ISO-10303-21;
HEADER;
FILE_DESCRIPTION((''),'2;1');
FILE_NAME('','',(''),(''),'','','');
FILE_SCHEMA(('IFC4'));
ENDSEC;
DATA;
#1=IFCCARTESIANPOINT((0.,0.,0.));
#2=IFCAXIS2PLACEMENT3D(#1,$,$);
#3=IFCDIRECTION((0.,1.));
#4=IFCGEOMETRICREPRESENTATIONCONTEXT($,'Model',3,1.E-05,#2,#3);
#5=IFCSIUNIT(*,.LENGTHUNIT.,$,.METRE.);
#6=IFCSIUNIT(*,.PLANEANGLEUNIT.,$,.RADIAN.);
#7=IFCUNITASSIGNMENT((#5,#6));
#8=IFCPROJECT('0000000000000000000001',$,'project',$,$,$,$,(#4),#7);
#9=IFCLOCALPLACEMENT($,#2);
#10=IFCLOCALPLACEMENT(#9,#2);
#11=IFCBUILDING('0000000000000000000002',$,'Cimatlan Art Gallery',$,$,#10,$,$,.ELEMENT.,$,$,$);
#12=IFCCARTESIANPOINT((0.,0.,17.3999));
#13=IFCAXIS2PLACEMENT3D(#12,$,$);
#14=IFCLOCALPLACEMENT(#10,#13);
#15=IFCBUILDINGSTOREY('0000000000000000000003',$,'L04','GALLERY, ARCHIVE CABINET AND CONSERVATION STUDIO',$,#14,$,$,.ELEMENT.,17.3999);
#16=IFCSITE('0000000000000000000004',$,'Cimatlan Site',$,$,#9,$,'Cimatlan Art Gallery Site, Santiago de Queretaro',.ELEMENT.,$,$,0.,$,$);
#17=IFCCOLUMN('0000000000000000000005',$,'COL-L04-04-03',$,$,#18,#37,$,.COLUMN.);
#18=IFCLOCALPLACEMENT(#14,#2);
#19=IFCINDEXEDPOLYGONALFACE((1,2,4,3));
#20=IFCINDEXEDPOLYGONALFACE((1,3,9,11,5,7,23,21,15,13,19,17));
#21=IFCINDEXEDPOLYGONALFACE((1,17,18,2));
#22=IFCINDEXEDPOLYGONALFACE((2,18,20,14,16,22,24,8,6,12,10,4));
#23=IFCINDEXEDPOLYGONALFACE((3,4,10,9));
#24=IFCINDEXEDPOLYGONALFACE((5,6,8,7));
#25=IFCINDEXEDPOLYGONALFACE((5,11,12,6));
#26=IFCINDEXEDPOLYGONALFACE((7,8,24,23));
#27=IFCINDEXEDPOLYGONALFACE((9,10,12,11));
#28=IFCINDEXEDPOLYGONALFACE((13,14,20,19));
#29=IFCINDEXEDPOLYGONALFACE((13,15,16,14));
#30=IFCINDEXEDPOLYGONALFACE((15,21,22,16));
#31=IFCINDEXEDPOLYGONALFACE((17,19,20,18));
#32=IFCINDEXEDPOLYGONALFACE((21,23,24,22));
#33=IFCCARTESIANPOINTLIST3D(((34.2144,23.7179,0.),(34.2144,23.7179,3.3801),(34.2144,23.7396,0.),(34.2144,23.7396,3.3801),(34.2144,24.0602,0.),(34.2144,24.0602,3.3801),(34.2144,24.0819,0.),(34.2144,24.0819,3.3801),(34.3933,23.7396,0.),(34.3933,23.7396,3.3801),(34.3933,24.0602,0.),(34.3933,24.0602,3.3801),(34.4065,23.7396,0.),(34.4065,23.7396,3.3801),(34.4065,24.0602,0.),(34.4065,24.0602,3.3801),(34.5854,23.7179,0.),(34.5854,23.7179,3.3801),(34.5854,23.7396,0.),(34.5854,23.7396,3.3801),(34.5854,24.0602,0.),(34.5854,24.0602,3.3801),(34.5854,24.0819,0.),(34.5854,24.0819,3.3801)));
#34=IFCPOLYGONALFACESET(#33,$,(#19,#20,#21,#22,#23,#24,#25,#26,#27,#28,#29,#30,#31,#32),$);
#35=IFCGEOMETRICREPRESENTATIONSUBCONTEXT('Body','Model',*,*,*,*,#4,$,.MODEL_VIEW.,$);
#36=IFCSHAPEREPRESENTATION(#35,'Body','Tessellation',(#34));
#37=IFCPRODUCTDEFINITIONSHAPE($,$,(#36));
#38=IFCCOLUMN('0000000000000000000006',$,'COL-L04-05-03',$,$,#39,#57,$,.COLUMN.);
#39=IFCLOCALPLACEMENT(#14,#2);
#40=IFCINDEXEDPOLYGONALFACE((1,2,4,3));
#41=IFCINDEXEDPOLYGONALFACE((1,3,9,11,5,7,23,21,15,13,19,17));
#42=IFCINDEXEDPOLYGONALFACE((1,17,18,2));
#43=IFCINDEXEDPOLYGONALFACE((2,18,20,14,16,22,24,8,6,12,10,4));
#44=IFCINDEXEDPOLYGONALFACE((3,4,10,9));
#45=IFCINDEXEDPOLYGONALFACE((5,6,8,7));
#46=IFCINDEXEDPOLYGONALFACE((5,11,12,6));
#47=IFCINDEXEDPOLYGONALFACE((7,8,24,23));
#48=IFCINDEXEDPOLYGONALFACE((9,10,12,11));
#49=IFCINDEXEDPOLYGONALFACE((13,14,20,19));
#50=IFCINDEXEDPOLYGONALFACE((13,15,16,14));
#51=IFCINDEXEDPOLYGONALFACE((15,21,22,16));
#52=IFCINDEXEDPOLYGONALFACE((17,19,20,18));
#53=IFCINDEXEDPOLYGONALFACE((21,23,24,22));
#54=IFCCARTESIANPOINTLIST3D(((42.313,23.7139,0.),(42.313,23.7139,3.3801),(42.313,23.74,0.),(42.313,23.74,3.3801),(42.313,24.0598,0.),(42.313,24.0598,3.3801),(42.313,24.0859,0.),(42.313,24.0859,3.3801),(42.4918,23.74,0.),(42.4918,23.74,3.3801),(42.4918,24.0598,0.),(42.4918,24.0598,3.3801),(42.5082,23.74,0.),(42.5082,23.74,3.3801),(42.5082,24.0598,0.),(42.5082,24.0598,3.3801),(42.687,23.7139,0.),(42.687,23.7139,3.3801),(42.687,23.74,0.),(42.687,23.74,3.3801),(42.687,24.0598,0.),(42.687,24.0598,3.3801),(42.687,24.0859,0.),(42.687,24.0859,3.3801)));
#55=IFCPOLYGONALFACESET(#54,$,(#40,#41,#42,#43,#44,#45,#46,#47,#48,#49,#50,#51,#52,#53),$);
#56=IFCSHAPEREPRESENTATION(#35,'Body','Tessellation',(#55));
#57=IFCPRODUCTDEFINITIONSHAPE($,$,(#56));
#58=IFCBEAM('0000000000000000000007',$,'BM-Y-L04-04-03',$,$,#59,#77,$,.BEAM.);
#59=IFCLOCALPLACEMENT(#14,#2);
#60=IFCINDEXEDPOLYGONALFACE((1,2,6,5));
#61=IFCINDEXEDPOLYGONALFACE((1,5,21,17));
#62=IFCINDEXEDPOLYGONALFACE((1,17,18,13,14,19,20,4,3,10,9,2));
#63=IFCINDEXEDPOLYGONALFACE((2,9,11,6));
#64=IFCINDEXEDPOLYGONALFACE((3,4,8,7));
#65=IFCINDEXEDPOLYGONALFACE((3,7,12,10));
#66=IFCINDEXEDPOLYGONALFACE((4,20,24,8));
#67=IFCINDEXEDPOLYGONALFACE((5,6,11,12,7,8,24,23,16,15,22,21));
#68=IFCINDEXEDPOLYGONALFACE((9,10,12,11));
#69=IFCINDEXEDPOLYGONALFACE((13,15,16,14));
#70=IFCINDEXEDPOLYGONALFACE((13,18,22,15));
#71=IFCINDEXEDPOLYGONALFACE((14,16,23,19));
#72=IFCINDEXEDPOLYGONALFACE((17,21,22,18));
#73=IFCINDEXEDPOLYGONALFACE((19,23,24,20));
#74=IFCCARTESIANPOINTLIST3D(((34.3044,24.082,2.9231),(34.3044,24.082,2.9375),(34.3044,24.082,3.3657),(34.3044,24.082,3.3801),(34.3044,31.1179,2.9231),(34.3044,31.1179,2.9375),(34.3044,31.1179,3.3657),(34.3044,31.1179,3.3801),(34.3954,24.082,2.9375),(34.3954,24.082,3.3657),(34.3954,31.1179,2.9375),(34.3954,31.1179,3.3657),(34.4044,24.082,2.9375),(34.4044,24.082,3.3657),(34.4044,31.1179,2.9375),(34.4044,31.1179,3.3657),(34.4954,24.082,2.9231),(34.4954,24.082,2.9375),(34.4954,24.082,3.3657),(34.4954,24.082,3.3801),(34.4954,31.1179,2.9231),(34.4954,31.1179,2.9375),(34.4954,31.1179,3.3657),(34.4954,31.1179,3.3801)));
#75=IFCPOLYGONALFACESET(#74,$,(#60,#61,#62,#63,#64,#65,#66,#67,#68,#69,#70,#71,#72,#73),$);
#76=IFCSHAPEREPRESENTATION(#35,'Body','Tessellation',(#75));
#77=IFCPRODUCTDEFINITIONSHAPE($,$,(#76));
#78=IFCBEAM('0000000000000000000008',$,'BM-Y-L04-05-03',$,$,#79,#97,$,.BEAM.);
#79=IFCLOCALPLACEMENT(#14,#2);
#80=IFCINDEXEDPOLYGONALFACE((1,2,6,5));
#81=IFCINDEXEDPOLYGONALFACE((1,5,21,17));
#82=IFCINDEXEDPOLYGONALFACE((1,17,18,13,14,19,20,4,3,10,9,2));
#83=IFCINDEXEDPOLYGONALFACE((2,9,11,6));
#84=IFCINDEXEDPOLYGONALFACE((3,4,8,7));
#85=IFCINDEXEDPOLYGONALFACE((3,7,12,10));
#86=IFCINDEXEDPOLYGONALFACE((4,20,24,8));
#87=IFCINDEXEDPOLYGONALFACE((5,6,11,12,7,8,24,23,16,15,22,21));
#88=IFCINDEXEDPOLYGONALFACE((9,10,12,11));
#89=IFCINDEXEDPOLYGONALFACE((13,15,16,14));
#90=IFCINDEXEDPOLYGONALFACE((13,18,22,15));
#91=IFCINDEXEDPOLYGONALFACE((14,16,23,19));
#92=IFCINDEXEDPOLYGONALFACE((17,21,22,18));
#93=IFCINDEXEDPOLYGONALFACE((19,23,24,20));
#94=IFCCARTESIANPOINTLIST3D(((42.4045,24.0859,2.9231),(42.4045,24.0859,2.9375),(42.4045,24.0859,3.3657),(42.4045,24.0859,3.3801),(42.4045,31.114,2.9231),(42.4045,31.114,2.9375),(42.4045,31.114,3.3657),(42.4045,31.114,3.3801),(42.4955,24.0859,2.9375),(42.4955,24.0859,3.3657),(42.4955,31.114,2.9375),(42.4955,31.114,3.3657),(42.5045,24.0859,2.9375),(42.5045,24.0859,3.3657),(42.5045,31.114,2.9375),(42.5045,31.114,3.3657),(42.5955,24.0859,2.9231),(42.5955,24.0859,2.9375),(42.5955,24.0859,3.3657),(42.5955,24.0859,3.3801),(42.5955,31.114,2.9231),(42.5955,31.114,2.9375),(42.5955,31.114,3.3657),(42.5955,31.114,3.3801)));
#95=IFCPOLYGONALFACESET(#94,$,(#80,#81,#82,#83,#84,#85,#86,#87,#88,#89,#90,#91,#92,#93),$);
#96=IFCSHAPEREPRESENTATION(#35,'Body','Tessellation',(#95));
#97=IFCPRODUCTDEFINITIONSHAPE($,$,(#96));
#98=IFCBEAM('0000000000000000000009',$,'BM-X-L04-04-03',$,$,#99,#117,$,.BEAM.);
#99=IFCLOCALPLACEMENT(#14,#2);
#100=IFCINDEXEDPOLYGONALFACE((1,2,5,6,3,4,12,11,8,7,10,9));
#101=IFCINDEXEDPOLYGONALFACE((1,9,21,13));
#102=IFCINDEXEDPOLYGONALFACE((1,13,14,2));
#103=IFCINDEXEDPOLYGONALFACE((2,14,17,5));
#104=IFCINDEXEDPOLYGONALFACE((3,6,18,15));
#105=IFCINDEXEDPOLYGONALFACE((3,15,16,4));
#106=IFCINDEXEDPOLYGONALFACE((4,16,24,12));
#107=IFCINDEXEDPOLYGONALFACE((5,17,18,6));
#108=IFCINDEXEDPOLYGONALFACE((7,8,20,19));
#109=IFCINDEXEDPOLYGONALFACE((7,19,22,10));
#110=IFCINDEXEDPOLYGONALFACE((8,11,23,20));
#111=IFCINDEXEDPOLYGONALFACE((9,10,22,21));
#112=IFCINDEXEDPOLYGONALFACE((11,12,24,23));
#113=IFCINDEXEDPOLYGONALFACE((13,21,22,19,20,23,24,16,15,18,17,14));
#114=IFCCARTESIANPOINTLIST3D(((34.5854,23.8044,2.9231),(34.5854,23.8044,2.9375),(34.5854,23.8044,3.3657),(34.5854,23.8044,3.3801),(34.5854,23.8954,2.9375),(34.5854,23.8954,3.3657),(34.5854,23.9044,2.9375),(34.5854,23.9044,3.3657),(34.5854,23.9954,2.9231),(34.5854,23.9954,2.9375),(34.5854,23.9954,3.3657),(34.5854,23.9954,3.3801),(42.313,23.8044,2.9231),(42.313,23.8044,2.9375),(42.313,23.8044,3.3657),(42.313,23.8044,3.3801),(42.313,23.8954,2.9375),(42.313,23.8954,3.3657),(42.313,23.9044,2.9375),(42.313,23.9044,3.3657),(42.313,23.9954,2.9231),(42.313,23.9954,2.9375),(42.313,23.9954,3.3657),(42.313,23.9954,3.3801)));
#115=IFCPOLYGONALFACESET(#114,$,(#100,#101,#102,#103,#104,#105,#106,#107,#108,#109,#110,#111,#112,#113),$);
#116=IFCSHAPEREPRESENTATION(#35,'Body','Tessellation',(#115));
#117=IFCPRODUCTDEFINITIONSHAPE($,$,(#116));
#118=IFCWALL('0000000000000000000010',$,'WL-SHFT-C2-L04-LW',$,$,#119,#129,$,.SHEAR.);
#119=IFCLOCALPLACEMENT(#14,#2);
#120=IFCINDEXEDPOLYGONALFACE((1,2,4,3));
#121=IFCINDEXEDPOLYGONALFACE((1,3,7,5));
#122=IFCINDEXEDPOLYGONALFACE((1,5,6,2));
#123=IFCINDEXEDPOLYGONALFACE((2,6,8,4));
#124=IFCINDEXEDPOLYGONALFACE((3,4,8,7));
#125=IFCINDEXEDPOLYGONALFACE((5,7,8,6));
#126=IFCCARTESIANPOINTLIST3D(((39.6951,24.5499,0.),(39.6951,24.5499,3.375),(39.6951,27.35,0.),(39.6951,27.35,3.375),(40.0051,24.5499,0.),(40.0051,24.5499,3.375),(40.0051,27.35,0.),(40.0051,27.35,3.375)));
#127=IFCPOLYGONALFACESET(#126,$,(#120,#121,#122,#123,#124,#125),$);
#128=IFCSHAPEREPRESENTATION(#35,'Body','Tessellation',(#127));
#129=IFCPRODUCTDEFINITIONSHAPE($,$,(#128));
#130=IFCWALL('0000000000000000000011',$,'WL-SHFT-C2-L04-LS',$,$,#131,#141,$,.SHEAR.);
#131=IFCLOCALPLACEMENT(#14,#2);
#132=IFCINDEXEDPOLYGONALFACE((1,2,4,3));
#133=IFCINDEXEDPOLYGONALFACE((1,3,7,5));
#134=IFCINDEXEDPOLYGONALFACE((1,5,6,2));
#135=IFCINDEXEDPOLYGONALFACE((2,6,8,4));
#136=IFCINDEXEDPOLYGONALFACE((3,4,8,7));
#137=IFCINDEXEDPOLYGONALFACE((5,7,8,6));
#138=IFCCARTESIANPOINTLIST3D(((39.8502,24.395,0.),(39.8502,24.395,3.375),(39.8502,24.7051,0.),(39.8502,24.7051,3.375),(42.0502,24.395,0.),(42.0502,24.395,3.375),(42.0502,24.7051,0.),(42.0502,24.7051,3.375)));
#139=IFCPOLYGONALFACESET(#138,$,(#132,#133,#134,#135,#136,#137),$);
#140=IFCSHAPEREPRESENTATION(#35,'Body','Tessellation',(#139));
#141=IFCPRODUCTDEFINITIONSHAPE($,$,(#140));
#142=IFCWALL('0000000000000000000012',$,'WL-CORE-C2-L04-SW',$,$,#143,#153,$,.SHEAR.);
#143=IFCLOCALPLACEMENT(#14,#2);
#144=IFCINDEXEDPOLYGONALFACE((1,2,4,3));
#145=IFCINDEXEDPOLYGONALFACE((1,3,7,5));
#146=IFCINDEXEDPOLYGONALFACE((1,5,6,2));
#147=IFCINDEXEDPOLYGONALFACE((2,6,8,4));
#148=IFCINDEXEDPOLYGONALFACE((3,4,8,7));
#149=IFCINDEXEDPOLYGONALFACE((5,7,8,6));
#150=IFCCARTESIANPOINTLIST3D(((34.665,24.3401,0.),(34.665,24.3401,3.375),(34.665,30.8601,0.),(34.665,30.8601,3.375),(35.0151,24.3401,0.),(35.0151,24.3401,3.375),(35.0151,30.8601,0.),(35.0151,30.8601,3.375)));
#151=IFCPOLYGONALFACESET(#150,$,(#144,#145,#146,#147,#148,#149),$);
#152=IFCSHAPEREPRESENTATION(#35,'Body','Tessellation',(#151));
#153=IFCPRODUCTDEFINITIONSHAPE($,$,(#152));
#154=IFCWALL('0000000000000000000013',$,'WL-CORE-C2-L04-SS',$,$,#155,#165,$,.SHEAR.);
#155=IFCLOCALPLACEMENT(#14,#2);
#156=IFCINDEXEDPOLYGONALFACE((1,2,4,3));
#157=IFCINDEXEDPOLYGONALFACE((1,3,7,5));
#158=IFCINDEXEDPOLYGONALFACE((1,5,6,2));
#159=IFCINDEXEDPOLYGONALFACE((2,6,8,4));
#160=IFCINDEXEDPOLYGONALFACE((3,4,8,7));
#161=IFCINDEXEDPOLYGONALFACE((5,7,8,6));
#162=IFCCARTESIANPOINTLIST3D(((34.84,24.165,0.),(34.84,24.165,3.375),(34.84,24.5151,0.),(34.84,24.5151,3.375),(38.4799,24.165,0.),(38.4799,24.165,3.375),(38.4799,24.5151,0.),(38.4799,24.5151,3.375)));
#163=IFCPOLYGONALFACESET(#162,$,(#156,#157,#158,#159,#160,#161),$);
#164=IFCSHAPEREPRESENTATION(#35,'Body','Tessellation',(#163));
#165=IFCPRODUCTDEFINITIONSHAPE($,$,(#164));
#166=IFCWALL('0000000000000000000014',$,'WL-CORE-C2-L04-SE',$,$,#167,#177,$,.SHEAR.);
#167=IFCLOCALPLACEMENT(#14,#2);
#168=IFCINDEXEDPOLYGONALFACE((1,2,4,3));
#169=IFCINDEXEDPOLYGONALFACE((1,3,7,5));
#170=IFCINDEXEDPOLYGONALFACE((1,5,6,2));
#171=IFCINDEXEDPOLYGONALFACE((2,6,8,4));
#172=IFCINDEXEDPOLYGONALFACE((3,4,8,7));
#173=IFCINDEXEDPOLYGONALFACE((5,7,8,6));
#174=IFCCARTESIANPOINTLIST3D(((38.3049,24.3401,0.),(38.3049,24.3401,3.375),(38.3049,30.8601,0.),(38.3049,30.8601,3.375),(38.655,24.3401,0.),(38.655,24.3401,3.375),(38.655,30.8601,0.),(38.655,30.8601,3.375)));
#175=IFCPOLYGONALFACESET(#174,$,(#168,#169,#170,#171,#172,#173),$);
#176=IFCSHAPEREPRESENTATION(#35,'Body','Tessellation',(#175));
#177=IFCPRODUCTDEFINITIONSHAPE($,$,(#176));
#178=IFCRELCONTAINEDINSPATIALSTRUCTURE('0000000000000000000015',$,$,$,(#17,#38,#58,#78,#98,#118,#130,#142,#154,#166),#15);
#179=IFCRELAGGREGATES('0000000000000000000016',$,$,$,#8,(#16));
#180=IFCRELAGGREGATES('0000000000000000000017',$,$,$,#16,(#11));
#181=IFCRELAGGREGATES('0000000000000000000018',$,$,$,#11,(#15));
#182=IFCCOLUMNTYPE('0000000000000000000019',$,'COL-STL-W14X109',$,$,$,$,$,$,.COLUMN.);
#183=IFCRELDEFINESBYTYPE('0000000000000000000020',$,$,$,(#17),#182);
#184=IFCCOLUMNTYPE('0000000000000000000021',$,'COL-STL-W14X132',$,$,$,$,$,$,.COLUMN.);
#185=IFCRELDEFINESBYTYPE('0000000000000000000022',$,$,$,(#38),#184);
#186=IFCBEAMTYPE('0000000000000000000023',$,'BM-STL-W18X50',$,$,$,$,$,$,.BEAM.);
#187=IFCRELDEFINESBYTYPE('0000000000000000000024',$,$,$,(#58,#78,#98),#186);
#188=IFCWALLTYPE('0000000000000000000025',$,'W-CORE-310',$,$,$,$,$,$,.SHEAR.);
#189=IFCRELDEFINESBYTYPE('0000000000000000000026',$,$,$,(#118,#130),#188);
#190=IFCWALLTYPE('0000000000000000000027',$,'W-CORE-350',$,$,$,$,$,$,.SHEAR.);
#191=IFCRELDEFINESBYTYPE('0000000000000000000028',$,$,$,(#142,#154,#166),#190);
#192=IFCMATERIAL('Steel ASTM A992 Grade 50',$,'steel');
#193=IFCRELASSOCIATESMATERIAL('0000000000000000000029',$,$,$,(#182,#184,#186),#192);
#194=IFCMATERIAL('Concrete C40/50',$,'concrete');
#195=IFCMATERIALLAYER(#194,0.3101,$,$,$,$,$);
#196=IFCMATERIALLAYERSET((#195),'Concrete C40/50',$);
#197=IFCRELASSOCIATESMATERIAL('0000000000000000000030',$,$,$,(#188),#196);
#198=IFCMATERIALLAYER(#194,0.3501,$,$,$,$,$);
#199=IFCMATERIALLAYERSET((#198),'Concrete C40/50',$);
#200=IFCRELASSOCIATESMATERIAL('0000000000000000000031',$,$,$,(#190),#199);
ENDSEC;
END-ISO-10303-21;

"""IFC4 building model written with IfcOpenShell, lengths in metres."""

from ifc_helpers import new_model, si_unit, direction, frame, frame_2d, origin, origin_2d, place, context, subcontext, project, spatial, rectangle, i_section, extrude, material, layer, layer_set, material_profile, profile_set, type_object, element, save


model = new_model("IFC4")

# Units and contexts
model_context = context("Model", 3, precision=1e-05, world=origin(), true_north=direction((0.0, 1.0)))
body_context = subcontext(model_context, "Body", "Model", "MODEL_VIEW")
ifc_project = project(units=[si_unit("LENGTHUNIT", "METRE"), si_unit("PLANEANGLEUNIT", "RADIAN")], contexts=[model_context])

# Site, building, storey
site_placement = place(None, origin())
site = spatial("IfcSite", under=ifc_project, at=site_placement, Name="Cimatlan Site", LongName="Cimatlan Art Gallery Site, Santiago de Queretaro", CompositionType="ELEMENT", RefElevation=0.0)
building_placement = place(site_placement, origin())
building = spatial("IfcBuilding", under=site, at=building_placement, Name="Cimatlan Art Gallery", CompositionType="ELEMENT")
storey_placement = place(building_placement, frame((0.0, 0.0, 17.3999)))
storey = spatial("IfcBuildingStorey", under=building, at=storey_placement, Name="L04", Description="GALLERY, ARCHIVE CABINET AND CONSERVATION STUDIO", CompositionType="ELEMENT", Elevation=17.3999)

# Columns
ifc_material_1 = material(Name="Steel ASTM A992 Grade 50", Category="steel")
ifc_material_profile_1 = material_profile(ifc_material_1, i_section(OverallWidth=0.3711, OverallDepth=0.364, WebThickness=0.0132, FlangeThickness=0.0217, at=origin_2d()), Name="W14X109")
ifc_profile_set_1 = profile_set([ifc_material_profile_1], Name="Steel ASTM A992 Grade 50")
column_type_1 = type_object("IfcColumnType", Name="COL-STL-W14X109", PredefinedType="COLUMN", material=ifc_profile_set_1)
column_1_placement = place(storey_placement, frame((34.3999, 23.8999, 0.0), z_axis=(0.0, 0.0, 1.0), x_axis=(1.0, 0.0, 0.0)))
element("IfcColumn", 1, at=column_1_placement, inside=storey, type_object=column_type_1, Name="COL-L04-04-03", PredefinedType="COLUMN", context=body_context, shape_type="SweptSolid", body=[
    extrude(i_section(OverallWidth=0.3711, OverallDepth=0.364, WebThickness=0.0132, FlangeThickness=0.0217, at=origin_2d()), origin(), (0.0, 0.0, 1.0), 3.3801),
])
ifc_material_profile_2 = material_profile(ifc_material_1, i_section(OverallWidth=0.374, OverallDepth=0.3721, WebThickness=0.0164, FlangeThickness=0.0261, at=origin_2d()), Name="W14X132")
ifc_profile_set_2 = profile_set([ifc_material_profile_2], Name="Steel ASTM A992 Grade 50")
column_type_2 = type_object("IfcColumnType", Name="COL-STL-W14X132", PredefinedType="COLUMN", material=ifc_profile_set_2)
column_2_placement = place(storey_placement, frame((42.5, 23.8999, 0.0), z_axis=(0.0, 0.0, 1.0), x_axis=(1.0, 0.0, 0.0)))
element("IfcColumn", 2, at=column_2_placement, inside=storey, type_object=column_type_2, Name="COL-L04-05-03", PredefinedType="COLUMN", context=body_context, shape_type="SweptSolid", body=[
    extrude(i_section(OverallWidth=0.374, OverallDepth=0.3721, WebThickness=0.0164, FlangeThickness=0.0261, at=origin_2d()), origin(), (0.0, 0.0, 1.0), 3.3801),
])

# Beams
ifc_material_profile_3 = material_profile(ifc_material_1, i_section(OverallWidth=0.1909, OverallDepth=0.457, WebThickness=0.009, FlangeThickness=0.0144, at=origin_2d()), Name="W18X50")
ifc_profile_set_3 = profile_set([ifc_material_profile_3], Name="Steel ASTM A992 Grade 50")
beam_type = type_object("IfcBeamType", Name="BM-STL-W18X50", PredefinedType="BEAM", material=ifc_profile_set_3)
beam_1_placement = place(storey_placement, frame((34.3999, 24.082, 3.1516), z_axis=(0.0, 1.0, 0.0), x_axis=(-1.0, 0.0, 0.0)))
element("IfcBeam", 3, at=beam_1_placement, inside=storey, type_object=beam_type, Name="BM-Y-L04-04-03", PredefinedType="BEAM", context=body_context, shape_type="SweptSolid", body=[
    extrude(i_section(OverallWidth=0.1909, OverallDepth=0.457, WebThickness=0.009, FlangeThickness=0.0144, at=origin_2d()), origin(), (0.0, 0.0, 1.0), 7.0359),
])
beam_2_placement = place(storey_placement, frame((42.5, 24.0859, 3.1516), z_axis=(0.0, 1.0, 0.0), x_axis=(-1.0, 0.0, 0.0)))
element("IfcBeam", 4, at=beam_2_placement, inside=storey, type_object=beam_type, Name="BM-Y-L04-05-03", PredefinedType="BEAM", context=body_context, shape_type="SweptSolid", body=[
    extrude(i_section(OverallWidth=0.1909, OverallDepth=0.457, WebThickness=0.009, FlangeThickness=0.0144, at=origin_2d()), origin(), (0.0, 0.0, 1.0), 7.0281),
])
beam_3_placement = place(storey_placement, frame((34.5854, 23.8999, 3.1516), z_axis=(1.0, 0.0, 0.0), x_axis=(0.0, 1.0, 0.0)))
element("IfcBeam", 5, at=beam_3_placement, inside=storey, type_object=beam_type, Name="BM-X-L04-04-03", PredefinedType="BEAM", context=body_context, shape_type="SweptSolid", body=[
    extrude(i_section(OverallWidth=0.1909, OverallDepth=0.457, WebThickness=0.009, FlangeThickness=0.0144, at=origin_2d()), origin(), (0.0, 0.0, 1.0), 7.7275),
])

# Walls
ifc_material_2 = material(Name="Concrete C40/50", Category="concrete")
ifc_layer_1 = layer(ifc_material_2, 0.3101)
ifc_layer_set_1 = layer_set([ifc_layer_1], Name="Concrete C40/50")
wall_type_1 = type_object("IfcWallType", Name="W-CORE-310", PredefinedType="SHEAR", material=ifc_layer_set_1)
wall_1_placement = place(storey_placement, frame((39.8501, 24.55, 0.0), z_axis=(0.0, 0.0, 1.0), x_axis=(0.0, 1.0, 0.0)))
element("IfcWall", 6, at=wall_1_placement, inside=storey, type_object=wall_type_1, Name="WL-SHFT-C2-L04-LW", PredefinedType="SHEAR", context=body_context, shape_type="SweptSolid", body=[
    extrude(rectangle(XDim=2.8, YDim=0.3101, at=frame_2d((1.3999, 0.0))), origin(), (0.0, 0.0, 1.0), 3.375),
])
wall_2_placement = place(storey_placement, frame((39.8501, 24.55, 0.0), z_axis=(0.0, 0.0, 1.0), x_axis=(1.0, 0.0, 0.0)))
element("IfcWall", 7, at=wall_2_placement, inside=storey, type_object=wall_type_1, Name="WL-SHFT-C2-L04-LS", PredefinedType="SHEAR", context=body_context, shape_type="SweptSolid", body=[
    extrude(rectangle(XDim=2.2, YDim=0.3101, at=frame_2d((1.1001, 0.0))), origin(), (0.0, 0.0, 1.0), 3.375),
])
ifc_layer_2 = layer(ifc_material_2, 0.3501)
ifc_layer_set_2 = layer_set([ifc_layer_2], Name="Concrete C40/50")
wall_type_2 = type_object("IfcWallType", Name="W-CORE-350", PredefinedType="SHEAR", material=ifc_layer_set_2)
wall_3_placement = place(storey_placement, frame((34.8401, 24.3401, 0.0), z_axis=(0.0, 0.0, 1.0), x_axis=(0.0, 1.0, 0.0)))
element("IfcWall", 8, at=wall_3_placement, inside=storey, type_object=wall_type_2, Name="WL-CORE-C2-L04-SW", PredefinedType="SHEAR", context=body_context, shape_type="SweptSolid", body=[
    extrude(rectangle(XDim=6.52, YDim=0.3501, at=frame_2d((3.26, 0.0))), origin(), (0.0, 0.0, 1.0), 3.375),
])
wall_4_placement = place(storey_placement, frame((34.8401, 24.3401, 0.0), z_axis=(0.0, 0.0, 1.0), x_axis=(1.0, 0.0, 0.0)))
element("IfcWall", 9, at=wall_4_placement, inside=storey, type_object=wall_type_2, Name="WL-CORE-C2-L04-SS", PredefinedType="SHEAR", context=body_context, shape_type="SweptSolid", body=[
    extrude(rectangle(XDim=3.6399, YDim=0.3501, at=frame_2d((1.8198, 0.0))), origin(), (0.0, 0.0, 1.0), 3.375),
])
wall_5_placement = place(storey_placement, frame((38.48, 24.3401, 0.0), z_axis=(0.0, 0.0, 1.0), x_axis=(0.0, 1.0, 0.0)))
element("IfcWall", 10, at=wall_5_placement, inside=storey, type_object=wall_type_2, Name="WL-CORE-C2-L04-SE", PredefinedType="SHEAR", context=body_context, shape_type="SweptSolid", body=[
    extrude(rectangle(XDim=6.52, YDim=0.3501, at=frame_2d((3.26, 0.0))), origin(), (0.0, 0.0, 1.0), 3.375),
])

save(model, "model.ifc")
